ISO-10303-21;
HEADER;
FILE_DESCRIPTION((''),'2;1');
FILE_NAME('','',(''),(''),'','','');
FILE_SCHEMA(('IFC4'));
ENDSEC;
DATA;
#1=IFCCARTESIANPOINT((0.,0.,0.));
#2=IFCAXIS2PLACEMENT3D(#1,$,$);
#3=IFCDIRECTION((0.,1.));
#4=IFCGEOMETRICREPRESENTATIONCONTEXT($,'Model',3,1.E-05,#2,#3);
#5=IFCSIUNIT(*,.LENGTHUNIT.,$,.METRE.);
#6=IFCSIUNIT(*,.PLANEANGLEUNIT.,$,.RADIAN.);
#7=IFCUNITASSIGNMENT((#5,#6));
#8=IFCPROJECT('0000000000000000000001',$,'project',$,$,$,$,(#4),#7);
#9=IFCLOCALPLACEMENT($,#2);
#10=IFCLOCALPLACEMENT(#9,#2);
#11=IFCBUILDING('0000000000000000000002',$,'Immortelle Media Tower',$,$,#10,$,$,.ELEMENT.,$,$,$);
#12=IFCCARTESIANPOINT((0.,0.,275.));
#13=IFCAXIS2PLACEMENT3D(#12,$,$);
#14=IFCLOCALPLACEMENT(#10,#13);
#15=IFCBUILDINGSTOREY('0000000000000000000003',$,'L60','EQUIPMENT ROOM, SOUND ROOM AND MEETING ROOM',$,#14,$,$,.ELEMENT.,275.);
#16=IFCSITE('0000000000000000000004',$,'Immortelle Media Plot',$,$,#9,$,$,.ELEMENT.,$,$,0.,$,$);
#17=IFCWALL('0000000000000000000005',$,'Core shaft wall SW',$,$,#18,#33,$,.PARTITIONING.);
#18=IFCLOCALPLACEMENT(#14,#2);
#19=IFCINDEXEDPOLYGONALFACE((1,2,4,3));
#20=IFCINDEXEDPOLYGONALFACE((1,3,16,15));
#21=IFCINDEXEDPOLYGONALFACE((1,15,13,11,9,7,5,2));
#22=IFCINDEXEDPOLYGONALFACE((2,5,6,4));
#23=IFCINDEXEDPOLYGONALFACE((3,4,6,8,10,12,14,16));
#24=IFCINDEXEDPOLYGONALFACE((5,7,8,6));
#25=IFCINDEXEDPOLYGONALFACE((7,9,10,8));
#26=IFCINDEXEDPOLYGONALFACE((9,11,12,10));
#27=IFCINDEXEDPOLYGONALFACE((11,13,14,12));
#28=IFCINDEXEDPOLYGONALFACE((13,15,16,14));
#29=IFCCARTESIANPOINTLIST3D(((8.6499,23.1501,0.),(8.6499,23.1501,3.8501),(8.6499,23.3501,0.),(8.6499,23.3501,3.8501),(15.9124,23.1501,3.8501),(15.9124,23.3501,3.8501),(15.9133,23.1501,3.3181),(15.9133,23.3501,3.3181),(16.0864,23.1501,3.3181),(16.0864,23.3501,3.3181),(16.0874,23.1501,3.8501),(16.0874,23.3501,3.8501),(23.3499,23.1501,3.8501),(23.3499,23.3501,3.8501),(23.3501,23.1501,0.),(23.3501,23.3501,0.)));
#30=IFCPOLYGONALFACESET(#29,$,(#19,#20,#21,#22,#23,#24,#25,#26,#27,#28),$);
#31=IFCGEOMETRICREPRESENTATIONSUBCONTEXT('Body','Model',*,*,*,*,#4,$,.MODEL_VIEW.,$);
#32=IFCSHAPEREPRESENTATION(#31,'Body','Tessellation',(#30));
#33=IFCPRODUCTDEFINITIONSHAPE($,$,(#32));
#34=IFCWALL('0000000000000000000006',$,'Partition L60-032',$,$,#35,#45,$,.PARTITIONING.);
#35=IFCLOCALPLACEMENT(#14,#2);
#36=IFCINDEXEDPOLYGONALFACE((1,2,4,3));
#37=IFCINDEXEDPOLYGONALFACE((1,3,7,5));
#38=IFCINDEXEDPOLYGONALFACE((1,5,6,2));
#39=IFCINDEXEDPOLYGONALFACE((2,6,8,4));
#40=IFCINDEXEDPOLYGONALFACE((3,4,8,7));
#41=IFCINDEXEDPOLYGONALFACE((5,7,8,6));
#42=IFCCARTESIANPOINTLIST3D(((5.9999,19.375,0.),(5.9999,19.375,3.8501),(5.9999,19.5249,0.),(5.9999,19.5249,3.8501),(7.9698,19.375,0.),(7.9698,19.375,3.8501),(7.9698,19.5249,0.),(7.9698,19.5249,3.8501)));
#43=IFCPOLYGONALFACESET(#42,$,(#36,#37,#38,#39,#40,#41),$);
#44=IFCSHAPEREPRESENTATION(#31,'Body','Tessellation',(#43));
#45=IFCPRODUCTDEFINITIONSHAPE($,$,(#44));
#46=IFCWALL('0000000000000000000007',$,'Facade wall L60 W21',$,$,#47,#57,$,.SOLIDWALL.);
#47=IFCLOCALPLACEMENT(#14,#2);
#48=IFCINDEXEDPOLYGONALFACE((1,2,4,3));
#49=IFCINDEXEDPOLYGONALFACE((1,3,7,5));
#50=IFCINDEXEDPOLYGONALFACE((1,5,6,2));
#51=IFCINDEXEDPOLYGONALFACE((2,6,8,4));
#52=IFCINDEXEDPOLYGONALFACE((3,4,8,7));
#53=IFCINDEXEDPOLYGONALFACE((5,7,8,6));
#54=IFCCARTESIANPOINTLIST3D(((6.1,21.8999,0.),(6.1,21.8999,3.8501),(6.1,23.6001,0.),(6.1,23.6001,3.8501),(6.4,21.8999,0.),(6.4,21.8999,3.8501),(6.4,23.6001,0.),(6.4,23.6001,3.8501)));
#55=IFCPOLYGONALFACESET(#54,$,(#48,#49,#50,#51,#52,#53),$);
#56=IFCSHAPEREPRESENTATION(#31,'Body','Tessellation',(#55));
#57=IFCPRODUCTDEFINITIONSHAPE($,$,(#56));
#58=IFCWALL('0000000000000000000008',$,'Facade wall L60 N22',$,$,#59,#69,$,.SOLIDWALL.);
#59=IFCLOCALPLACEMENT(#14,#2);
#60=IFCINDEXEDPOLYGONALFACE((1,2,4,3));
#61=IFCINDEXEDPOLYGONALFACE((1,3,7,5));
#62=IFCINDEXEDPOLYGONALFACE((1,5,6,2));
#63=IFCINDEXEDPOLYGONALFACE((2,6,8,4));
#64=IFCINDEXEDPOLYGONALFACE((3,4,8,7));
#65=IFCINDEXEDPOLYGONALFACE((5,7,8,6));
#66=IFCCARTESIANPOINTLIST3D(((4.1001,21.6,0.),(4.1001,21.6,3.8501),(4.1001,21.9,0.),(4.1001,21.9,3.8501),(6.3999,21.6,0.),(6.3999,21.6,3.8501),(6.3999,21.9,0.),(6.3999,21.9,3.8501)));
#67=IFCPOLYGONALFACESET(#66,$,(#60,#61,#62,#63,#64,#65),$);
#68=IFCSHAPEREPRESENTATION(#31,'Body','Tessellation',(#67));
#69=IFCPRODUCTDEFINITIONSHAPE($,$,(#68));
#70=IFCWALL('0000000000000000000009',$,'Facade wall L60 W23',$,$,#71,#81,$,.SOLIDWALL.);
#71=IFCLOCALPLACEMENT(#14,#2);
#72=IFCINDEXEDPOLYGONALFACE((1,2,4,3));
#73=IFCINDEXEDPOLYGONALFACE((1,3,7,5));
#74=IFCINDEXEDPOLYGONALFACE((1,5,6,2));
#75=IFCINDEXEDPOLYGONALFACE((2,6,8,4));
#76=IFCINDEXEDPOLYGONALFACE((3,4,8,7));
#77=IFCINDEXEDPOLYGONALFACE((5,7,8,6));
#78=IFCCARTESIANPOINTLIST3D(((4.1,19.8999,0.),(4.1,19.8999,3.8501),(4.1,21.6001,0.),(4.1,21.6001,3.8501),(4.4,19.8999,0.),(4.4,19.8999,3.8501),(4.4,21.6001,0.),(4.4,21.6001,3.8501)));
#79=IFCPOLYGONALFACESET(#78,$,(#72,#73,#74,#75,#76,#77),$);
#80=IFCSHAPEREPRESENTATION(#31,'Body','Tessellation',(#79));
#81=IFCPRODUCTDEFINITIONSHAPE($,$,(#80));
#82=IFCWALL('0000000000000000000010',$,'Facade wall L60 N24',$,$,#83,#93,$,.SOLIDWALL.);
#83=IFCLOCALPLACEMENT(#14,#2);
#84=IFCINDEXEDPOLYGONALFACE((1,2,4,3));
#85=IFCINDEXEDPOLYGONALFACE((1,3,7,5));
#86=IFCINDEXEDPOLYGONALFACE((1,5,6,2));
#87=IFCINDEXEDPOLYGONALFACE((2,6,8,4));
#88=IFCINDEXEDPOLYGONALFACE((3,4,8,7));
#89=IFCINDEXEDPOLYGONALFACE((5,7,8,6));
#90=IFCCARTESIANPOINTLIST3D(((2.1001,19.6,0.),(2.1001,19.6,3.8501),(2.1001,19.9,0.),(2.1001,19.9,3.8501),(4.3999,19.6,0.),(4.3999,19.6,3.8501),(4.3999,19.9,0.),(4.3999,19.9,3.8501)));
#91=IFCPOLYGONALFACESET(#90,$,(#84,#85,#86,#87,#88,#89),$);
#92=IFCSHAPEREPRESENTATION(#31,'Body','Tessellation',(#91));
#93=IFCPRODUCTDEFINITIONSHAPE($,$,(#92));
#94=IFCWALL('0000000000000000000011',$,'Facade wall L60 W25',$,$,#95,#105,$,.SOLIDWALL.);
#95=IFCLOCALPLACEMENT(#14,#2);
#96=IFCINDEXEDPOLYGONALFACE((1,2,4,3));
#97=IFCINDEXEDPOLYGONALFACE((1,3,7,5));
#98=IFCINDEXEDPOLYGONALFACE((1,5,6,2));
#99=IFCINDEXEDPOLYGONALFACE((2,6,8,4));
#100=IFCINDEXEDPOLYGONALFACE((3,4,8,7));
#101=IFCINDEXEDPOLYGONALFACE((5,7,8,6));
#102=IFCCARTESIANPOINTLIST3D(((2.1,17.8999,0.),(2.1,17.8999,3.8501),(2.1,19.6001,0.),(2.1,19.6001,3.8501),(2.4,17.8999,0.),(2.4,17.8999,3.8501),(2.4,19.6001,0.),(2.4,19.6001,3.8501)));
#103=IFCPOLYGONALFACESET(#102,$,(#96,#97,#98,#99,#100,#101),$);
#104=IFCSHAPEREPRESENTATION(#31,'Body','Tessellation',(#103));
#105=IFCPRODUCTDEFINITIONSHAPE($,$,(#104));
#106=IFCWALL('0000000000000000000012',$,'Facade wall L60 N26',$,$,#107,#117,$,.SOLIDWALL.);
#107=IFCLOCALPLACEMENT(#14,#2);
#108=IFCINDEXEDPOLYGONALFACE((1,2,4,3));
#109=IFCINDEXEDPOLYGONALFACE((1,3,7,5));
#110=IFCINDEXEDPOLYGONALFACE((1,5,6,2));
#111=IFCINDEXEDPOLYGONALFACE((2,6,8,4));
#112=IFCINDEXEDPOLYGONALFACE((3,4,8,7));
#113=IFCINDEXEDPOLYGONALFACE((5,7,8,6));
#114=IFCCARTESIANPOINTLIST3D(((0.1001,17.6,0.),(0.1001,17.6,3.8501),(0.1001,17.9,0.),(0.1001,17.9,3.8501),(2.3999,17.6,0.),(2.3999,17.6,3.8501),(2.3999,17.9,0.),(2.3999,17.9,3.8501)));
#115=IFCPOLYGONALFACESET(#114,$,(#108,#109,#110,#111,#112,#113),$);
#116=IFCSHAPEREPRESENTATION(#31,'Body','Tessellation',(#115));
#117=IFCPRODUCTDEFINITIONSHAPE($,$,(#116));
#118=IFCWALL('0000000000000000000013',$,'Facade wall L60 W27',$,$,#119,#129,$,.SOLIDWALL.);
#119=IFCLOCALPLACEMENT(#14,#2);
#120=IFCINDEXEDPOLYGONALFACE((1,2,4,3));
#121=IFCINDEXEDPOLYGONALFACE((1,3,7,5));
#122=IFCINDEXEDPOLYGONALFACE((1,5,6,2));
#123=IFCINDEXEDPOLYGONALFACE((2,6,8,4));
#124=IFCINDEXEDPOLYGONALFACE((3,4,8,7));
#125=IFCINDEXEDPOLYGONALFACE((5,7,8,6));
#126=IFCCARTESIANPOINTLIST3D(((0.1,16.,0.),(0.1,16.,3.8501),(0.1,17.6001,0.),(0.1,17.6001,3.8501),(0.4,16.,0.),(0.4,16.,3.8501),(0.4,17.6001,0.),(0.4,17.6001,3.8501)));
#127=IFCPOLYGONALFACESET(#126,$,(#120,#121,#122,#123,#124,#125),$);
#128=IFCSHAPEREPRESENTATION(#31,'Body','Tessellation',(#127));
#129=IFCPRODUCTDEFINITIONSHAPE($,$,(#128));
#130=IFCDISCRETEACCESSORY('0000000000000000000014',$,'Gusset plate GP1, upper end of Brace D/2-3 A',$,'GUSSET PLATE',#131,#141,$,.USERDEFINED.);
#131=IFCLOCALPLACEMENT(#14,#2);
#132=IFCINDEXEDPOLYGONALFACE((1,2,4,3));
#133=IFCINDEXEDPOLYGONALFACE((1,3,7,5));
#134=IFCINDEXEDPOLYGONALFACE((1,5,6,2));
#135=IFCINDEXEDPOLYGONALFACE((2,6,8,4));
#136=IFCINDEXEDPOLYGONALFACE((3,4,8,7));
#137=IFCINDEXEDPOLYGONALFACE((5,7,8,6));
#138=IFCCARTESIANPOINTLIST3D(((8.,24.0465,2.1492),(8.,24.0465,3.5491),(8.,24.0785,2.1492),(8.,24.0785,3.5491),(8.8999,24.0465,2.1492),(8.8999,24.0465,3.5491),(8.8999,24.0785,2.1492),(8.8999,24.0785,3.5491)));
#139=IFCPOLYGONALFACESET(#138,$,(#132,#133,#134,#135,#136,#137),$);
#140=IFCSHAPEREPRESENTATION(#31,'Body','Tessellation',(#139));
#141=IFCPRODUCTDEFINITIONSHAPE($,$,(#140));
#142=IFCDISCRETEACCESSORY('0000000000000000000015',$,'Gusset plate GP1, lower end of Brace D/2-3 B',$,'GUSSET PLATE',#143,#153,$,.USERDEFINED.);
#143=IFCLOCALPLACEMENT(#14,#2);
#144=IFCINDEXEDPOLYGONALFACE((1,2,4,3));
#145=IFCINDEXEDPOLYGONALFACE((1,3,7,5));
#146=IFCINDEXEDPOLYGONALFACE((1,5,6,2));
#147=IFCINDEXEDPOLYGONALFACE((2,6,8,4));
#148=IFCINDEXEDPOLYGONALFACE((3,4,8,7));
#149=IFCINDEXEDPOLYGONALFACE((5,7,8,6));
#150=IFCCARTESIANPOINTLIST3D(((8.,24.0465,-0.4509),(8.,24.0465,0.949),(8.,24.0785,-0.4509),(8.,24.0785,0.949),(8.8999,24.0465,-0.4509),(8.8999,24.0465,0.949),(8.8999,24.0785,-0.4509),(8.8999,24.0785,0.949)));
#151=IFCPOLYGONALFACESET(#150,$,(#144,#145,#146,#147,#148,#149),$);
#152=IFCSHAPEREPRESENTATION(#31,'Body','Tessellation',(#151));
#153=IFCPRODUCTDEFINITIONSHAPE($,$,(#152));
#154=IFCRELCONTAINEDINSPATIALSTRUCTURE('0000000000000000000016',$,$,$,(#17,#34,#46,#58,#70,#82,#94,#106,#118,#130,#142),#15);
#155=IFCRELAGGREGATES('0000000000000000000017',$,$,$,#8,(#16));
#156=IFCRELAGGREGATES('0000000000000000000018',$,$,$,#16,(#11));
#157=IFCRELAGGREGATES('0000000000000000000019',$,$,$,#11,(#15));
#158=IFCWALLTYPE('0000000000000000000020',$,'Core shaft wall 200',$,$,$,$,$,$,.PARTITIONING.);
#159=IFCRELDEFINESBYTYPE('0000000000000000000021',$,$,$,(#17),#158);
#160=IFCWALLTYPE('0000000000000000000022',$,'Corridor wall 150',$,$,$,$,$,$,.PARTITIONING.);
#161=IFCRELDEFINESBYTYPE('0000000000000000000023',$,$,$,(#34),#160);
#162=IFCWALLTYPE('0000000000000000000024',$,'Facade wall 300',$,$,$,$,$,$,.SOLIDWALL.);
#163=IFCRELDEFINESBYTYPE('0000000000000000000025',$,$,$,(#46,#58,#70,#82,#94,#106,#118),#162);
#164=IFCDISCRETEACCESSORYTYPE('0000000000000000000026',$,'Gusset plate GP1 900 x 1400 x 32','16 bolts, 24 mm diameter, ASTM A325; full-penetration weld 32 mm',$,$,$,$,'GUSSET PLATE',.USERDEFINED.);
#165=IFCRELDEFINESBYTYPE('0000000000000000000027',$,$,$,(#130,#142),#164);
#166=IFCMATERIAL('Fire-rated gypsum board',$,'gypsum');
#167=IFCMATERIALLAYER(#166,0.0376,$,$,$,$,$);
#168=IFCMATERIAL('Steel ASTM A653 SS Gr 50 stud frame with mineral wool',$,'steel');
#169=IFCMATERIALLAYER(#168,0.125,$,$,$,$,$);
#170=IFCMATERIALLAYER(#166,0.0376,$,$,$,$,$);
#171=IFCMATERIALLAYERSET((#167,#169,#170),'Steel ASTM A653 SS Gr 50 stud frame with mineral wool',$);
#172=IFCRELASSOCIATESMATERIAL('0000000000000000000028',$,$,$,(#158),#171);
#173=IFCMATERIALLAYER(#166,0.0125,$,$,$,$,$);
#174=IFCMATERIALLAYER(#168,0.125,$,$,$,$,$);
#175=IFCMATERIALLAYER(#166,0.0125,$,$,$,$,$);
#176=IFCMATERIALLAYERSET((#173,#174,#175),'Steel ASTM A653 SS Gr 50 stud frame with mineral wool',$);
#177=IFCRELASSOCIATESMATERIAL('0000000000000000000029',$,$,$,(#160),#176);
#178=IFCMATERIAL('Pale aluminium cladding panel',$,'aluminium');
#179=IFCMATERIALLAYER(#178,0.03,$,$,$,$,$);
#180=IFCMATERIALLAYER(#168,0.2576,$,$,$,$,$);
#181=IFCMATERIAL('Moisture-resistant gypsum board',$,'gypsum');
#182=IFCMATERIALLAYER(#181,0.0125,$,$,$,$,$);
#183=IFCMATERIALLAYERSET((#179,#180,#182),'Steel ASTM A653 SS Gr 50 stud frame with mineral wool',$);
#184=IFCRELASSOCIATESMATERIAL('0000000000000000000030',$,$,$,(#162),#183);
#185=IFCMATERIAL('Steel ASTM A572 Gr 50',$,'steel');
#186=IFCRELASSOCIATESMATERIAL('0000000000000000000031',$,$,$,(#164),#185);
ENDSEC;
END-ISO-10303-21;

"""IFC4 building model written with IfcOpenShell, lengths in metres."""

from ifc_helpers import new_model, si_unit, direction, frame, frame_2d, origin, origin_2d, place, context, subcontext, project, spatial, polyline, rectangle, outline, extrude, material, layer, layer_set, material_profile, profile_set, type_object, element, save


model = new_model("IFC4")

# Units and contexts
model_context = context("Model", 3, precision=1e-05, world=origin(), true_north=direction((0.0, 1.0)))
body_context = subcontext(model_context, "Body", "Model", "MODEL_VIEW")
ifc_project = project(units=[si_unit("LENGTHUNIT", "METRE"), si_unit("PLANEANGLEUNIT", "RADIAN")], contexts=[model_context])

# Site, building, storey
site_placement = place(None, origin())
site = spatial("IfcSite", under=ifc_project, at=site_placement, Name="Immortelle Media Plot", CompositionType="ELEMENT", RefElevation=0.0)
building_placement = place(site_placement, origin())
building = spatial("IfcBuilding", under=site, at=building_placement, Name="Immortelle Media Tower", CompositionType="ELEMENT")
storey_placement = place(building_placement, frame((0.0, 0.0, 275.0)))
storey = spatial("IfcBuildingStorey", under=building, at=storey_placement, Name="L60", Description="EQUIPMENT ROOM, SOUND ROOM AND MEETING ROOM", CompositionType="ELEMENT", Elevation=275.0)

# Walls
ifc_material_1 = material(Name="Fire-rated gypsum board", Category="gypsum")
ifc_layer_1 = layer(ifc_material_1, 0.0376)
ifc_material_2 = material(Name="Steel ASTM A653 SS Gr 50 stud frame with mineral wool", Category="steel")
ifc_layer_2 = layer(ifc_material_2, 0.125)
ifc_layer_3 = layer(ifc_material_1, 0.0376)
ifc_layer_set_1 = layer_set([ifc_layer_1, ifc_layer_2, ifc_layer_3], Name="Steel ASTM A653 SS Gr 50 stud frame with mineral wool")
wall_type_1 = type_object("IfcWallType", Name="Core shaft wall 200", PredefinedType="PARTITIONING", material=ifc_layer_set_1)
wall_1_placement = place(storey_placement, frame((8.6499, 23.25, 0.0), z_axis=(0.0, 0.0, 1.0), x_axis=(1.0, 0.0, 0.0)))
element("IfcWall", 1, at=wall_1_placement, inside=storey, type_object=wall_type_1, Name="Core shaft wall SW", PredefinedType="PARTITIONING", context=body_context, shape_type="SweptSolid", body=[
    extrude(outline(polyline([(0.0, 0.0), (14.7002, 0.0), (14.7, 3.8501), (7.4375, 3.8501), (7.4365, 3.3181), (7.2634, 3.3181), (7.2625, 3.8501), (0.0, 3.8501), (0.0, 0.0)])), frame((0.0, 0.1001, 0.0), z_axis=(0.0, -1.0, 0.0), x_axis=(1.0, 0.0, 0.0)), (0.0, 0.0, 1.0), 0.2),
])
ifc_layer_4 = layer(ifc_material_1, 0.0125)
ifc_layer_5 = layer(ifc_material_2, 0.125)
ifc_layer_6 = layer(ifc_material_1, 0.0125)
ifc_layer_set_2 = layer_set([ifc_layer_4, ifc_layer_5, ifc_layer_6], Name="Steel ASTM A653 SS Gr 50 stud frame with mineral wool")
wall_type_2 = type_object("IfcWallType", Name="Corridor wall 150", PredefinedType="PARTITIONING", material=ifc_layer_set_2)
wall_2_placement = place(storey_placement, frame((6.0, 19.45, 0.0), z_axis=(0.0, 0.0, 1.0), x_axis=(1.0, 0.0, 0.0)))
element("IfcWall", 2, at=wall_2_placement, inside=storey, type_object=wall_type_2, Name="Partition L60-032", PredefinedType="PARTITIONING", context=body_context, shape_type="SweptSolid", body=[
    extrude(rectangle(XDim=1.97, YDim=0.1499, at=frame_2d((0.9849, 0.0))), origin(), (0.0, 0.0, 1.0), 3.8501),
])
ifc_material_3 = material(Name="Pale aluminium cladding panel", Category="aluminium")
ifc_layer_7 = layer(ifc_material_3, 0.03)
ifc_layer_8 = layer(ifc_material_2, 0.2576)
ifc_material_4 = material(Name="Moisture-resistant gypsum board", Category="gypsum")
ifc_layer_9 = layer(ifc_material_4, 0.0125)
ifc_layer_set_3 = layer_set([ifc_layer_7, ifc_layer_8, ifc_layer_9], Name="Steel ASTM A653 SS Gr 50 stud frame with mineral wool")
wall_type_3 = type_object("IfcWallType", Name="Facade wall 300", PredefinedType="SOLIDWALL", material=ifc_layer_set_3)
wall_3_placement = place(storey_placement, frame((6.25, 23.6001, 0.0), z_axis=(0.0, 0.0, 1.0), x_axis=(0.0, -1.0, 0.0)))
element("IfcWall", 3, at=wall_3_placement, inside=storey, type_object=wall_type_3, Name="Facade wall L60 W21", PredefinedType="SOLIDWALL", context=body_context, shape_type="SweptSolid", body=[
    extrude(rectangle(XDim=1.7002, YDim=0.3, at=frame_2d((0.8501, 0.0))), origin(), (0.0, 0.0, 1.0), 3.8501),
])
wall_4_placement = place(storey_placement, frame((6.3999, 21.75, 0.0), z_axis=(0.0, 0.0, 1.0), x_axis=(-1.0, 0.0, 0.0)))
element("IfcWall", 4, at=wall_4_placement, inside=storey, type_object=wall_type_3, Name="Facade wall L60 N22", PredefinedType="SOLIDWALL", context=body_context, shape_type="SweptSolid", body=[
    extrude(rectangle(XDim=2.2998, YDim=0.3, at=frame_2d((1.1499, 0.0))), origin(), (0.0, 0.0, 1.0), 3.8501),
])
wall_5_placement = place(storey_placement, frame((4.25, 21.6001, 0.0), z_axis=(0.0, 0.0, 1.0), x_axis=(0.0, -1.0, 0.0)))
element("IfcWall", 5, at=wall_5_placement, inside=storey, type_object=wall_type_3, Name="Facade wall L60 W23", PredefinedType="SOLIDWALL", context=body_context, shape_type="SweptSolid", body=[
    extrude(rectangle(XDim=1.7002, YDim=0.3, at=frame_2d((0.8501, 0.0))), origin(), (0.0, 0.0, 1.0), 3.8501),
])
wall_6_placement = place(storey_placement, frame((4.3999, 19.75, 0.0), z_axis=(0.0, 0.0, 1.0), x_axis=(-1.0, 0.0, 0.0)))
element("IfcWall", 6, at=wall_6_placement, inside=storey, type_object=wall_type_3, Name="Facade wall L60 N24", PredefinedType="SOLIDWALL", context=body_context, shape_type="SweptSolid", body=[
    extrude(rectangle(XDim=2.2998, YDim=0.3, at=frame_2d((1.1499, 0.0))), origin(), (0.0, 0.0, 1.0), 3.8501),
])
wall_7_placement = place(storey_placement, frame((2.25, 19.6001, 0.0), z_axis=(0.0, 0.0, 1.0), x_axis=(0.0, -1.0, 0.0)))
element("IfcWall", 7, at=wall_7_placement, inside=storey, type_object=wall_type_3, Name="Facade wall L60 W25", PredefinedType="SOLIDWALL", context=body_context, shape_type="SweptSolid", body=[
    extrude(rectangle(XDim=1.7002, YDim=0.3, at=frame_2d((0.8501, 0.0))), origin(), (0.0, 0.0, 1.0), 3.8501),
])
wall_8_placement = place(storey_placement, frame((2.3999, 17.75, 0.0), z_axis=(0.0, 0.0, 1.0), x_axis=(-1.0, 0.0, 0.0)))
element("IfcWall", 8, at=wall_8_placement, inside=storey, type_object=wall_type_3, Name="Facade wall L60 N26", PredefinedType="SOLIDWALL", context=body_context, shape_type="SweptSolid", body=[
    extrude(rectangle(XDim=2.2998, YDim=0.3, at=frame_2d((1.1499, 0.0))), origin(), (0.0, 0.0, 1.0), 3.8501),
])
wall_9_placement = place(storey_placement, frame((0.25, 17.6001, 0.0), z_axis=(0.0, 0.0, 1.0), x_axis=(0.0, -1.0, 0.0)))
element("IfcWall", 9, at=wall_9_placement, inside=storey, type_object=wall_type_3, Name="Facade wall L60 W27", PredefinedType="SOLIDWALL", context=body_context, shape_type="SweptSolid", body=[
    extrude(rectangle(XDim=1.6001, YDim=0.3, at=frame_2d((0.8, 0.0))), origin(), (0.0, 0.0, 1.0), 3.8501),
])

# Discrete accessories
ifc_material_5 = material(Name="Steel ASTM A572 Gr 50", Category="steel")
ifc_material_profile_1 = material_profile(ifc_material_5, rectangle(XDim=0.032, YDim=1.3999, at=origin_2d()), Name="PL 32 x 1400")
ifc_profile_set_1 = profile_set([ifc_material_profile_1], Name="Steel ASTM A572 Gr 50")
discrete_accessory_type = type_object("IfcDiscreteAccessoryType", Name="Gusset plate GP1 900 x 1400 x 32", Description="16 bolts, 24 mm diameter, ASTM A325; full-penetration weld 32 mm", ElementType="GUSSET PLATE", PredefinedType="USERDEFINED", material=ifc_profile_set_1)
for number, where, z_axis, x_axis, name in (
    (10, (8.0, 24.0625, 2.8491), (1.0, 0.0, 0.0), (0.0, 1.0, 0.0), "Gusset plate GP1, upper end of Brace D/2-3 A"),
    (11, (8.0, 24.0625, 0.249), (1.0, 0.0, 0.0), (0.0, 1.0, 0.0), "Gusset plate GP1, lower end of Brace D/2-3 B"),
):
    element("IfcDiscreteAccessory", number, at=place(storey_placement, frame(where, z_axis=z_axis, x_axis=x_axis)), inside=storey, type_object=discrete_accessory_type, Name=name, ObjectType="GUSSET PLATE", PredefinedType="USERDEFINED", context=body_context, shape_type="SweptSolid", body=[
        extrude(rectangle(XDim=0.032, YDim=1.3999, at=origin_2d()), origin(), (0.0, 0.0, 1.0), 0.8999),
    ])

save(model, "model.ifc")
